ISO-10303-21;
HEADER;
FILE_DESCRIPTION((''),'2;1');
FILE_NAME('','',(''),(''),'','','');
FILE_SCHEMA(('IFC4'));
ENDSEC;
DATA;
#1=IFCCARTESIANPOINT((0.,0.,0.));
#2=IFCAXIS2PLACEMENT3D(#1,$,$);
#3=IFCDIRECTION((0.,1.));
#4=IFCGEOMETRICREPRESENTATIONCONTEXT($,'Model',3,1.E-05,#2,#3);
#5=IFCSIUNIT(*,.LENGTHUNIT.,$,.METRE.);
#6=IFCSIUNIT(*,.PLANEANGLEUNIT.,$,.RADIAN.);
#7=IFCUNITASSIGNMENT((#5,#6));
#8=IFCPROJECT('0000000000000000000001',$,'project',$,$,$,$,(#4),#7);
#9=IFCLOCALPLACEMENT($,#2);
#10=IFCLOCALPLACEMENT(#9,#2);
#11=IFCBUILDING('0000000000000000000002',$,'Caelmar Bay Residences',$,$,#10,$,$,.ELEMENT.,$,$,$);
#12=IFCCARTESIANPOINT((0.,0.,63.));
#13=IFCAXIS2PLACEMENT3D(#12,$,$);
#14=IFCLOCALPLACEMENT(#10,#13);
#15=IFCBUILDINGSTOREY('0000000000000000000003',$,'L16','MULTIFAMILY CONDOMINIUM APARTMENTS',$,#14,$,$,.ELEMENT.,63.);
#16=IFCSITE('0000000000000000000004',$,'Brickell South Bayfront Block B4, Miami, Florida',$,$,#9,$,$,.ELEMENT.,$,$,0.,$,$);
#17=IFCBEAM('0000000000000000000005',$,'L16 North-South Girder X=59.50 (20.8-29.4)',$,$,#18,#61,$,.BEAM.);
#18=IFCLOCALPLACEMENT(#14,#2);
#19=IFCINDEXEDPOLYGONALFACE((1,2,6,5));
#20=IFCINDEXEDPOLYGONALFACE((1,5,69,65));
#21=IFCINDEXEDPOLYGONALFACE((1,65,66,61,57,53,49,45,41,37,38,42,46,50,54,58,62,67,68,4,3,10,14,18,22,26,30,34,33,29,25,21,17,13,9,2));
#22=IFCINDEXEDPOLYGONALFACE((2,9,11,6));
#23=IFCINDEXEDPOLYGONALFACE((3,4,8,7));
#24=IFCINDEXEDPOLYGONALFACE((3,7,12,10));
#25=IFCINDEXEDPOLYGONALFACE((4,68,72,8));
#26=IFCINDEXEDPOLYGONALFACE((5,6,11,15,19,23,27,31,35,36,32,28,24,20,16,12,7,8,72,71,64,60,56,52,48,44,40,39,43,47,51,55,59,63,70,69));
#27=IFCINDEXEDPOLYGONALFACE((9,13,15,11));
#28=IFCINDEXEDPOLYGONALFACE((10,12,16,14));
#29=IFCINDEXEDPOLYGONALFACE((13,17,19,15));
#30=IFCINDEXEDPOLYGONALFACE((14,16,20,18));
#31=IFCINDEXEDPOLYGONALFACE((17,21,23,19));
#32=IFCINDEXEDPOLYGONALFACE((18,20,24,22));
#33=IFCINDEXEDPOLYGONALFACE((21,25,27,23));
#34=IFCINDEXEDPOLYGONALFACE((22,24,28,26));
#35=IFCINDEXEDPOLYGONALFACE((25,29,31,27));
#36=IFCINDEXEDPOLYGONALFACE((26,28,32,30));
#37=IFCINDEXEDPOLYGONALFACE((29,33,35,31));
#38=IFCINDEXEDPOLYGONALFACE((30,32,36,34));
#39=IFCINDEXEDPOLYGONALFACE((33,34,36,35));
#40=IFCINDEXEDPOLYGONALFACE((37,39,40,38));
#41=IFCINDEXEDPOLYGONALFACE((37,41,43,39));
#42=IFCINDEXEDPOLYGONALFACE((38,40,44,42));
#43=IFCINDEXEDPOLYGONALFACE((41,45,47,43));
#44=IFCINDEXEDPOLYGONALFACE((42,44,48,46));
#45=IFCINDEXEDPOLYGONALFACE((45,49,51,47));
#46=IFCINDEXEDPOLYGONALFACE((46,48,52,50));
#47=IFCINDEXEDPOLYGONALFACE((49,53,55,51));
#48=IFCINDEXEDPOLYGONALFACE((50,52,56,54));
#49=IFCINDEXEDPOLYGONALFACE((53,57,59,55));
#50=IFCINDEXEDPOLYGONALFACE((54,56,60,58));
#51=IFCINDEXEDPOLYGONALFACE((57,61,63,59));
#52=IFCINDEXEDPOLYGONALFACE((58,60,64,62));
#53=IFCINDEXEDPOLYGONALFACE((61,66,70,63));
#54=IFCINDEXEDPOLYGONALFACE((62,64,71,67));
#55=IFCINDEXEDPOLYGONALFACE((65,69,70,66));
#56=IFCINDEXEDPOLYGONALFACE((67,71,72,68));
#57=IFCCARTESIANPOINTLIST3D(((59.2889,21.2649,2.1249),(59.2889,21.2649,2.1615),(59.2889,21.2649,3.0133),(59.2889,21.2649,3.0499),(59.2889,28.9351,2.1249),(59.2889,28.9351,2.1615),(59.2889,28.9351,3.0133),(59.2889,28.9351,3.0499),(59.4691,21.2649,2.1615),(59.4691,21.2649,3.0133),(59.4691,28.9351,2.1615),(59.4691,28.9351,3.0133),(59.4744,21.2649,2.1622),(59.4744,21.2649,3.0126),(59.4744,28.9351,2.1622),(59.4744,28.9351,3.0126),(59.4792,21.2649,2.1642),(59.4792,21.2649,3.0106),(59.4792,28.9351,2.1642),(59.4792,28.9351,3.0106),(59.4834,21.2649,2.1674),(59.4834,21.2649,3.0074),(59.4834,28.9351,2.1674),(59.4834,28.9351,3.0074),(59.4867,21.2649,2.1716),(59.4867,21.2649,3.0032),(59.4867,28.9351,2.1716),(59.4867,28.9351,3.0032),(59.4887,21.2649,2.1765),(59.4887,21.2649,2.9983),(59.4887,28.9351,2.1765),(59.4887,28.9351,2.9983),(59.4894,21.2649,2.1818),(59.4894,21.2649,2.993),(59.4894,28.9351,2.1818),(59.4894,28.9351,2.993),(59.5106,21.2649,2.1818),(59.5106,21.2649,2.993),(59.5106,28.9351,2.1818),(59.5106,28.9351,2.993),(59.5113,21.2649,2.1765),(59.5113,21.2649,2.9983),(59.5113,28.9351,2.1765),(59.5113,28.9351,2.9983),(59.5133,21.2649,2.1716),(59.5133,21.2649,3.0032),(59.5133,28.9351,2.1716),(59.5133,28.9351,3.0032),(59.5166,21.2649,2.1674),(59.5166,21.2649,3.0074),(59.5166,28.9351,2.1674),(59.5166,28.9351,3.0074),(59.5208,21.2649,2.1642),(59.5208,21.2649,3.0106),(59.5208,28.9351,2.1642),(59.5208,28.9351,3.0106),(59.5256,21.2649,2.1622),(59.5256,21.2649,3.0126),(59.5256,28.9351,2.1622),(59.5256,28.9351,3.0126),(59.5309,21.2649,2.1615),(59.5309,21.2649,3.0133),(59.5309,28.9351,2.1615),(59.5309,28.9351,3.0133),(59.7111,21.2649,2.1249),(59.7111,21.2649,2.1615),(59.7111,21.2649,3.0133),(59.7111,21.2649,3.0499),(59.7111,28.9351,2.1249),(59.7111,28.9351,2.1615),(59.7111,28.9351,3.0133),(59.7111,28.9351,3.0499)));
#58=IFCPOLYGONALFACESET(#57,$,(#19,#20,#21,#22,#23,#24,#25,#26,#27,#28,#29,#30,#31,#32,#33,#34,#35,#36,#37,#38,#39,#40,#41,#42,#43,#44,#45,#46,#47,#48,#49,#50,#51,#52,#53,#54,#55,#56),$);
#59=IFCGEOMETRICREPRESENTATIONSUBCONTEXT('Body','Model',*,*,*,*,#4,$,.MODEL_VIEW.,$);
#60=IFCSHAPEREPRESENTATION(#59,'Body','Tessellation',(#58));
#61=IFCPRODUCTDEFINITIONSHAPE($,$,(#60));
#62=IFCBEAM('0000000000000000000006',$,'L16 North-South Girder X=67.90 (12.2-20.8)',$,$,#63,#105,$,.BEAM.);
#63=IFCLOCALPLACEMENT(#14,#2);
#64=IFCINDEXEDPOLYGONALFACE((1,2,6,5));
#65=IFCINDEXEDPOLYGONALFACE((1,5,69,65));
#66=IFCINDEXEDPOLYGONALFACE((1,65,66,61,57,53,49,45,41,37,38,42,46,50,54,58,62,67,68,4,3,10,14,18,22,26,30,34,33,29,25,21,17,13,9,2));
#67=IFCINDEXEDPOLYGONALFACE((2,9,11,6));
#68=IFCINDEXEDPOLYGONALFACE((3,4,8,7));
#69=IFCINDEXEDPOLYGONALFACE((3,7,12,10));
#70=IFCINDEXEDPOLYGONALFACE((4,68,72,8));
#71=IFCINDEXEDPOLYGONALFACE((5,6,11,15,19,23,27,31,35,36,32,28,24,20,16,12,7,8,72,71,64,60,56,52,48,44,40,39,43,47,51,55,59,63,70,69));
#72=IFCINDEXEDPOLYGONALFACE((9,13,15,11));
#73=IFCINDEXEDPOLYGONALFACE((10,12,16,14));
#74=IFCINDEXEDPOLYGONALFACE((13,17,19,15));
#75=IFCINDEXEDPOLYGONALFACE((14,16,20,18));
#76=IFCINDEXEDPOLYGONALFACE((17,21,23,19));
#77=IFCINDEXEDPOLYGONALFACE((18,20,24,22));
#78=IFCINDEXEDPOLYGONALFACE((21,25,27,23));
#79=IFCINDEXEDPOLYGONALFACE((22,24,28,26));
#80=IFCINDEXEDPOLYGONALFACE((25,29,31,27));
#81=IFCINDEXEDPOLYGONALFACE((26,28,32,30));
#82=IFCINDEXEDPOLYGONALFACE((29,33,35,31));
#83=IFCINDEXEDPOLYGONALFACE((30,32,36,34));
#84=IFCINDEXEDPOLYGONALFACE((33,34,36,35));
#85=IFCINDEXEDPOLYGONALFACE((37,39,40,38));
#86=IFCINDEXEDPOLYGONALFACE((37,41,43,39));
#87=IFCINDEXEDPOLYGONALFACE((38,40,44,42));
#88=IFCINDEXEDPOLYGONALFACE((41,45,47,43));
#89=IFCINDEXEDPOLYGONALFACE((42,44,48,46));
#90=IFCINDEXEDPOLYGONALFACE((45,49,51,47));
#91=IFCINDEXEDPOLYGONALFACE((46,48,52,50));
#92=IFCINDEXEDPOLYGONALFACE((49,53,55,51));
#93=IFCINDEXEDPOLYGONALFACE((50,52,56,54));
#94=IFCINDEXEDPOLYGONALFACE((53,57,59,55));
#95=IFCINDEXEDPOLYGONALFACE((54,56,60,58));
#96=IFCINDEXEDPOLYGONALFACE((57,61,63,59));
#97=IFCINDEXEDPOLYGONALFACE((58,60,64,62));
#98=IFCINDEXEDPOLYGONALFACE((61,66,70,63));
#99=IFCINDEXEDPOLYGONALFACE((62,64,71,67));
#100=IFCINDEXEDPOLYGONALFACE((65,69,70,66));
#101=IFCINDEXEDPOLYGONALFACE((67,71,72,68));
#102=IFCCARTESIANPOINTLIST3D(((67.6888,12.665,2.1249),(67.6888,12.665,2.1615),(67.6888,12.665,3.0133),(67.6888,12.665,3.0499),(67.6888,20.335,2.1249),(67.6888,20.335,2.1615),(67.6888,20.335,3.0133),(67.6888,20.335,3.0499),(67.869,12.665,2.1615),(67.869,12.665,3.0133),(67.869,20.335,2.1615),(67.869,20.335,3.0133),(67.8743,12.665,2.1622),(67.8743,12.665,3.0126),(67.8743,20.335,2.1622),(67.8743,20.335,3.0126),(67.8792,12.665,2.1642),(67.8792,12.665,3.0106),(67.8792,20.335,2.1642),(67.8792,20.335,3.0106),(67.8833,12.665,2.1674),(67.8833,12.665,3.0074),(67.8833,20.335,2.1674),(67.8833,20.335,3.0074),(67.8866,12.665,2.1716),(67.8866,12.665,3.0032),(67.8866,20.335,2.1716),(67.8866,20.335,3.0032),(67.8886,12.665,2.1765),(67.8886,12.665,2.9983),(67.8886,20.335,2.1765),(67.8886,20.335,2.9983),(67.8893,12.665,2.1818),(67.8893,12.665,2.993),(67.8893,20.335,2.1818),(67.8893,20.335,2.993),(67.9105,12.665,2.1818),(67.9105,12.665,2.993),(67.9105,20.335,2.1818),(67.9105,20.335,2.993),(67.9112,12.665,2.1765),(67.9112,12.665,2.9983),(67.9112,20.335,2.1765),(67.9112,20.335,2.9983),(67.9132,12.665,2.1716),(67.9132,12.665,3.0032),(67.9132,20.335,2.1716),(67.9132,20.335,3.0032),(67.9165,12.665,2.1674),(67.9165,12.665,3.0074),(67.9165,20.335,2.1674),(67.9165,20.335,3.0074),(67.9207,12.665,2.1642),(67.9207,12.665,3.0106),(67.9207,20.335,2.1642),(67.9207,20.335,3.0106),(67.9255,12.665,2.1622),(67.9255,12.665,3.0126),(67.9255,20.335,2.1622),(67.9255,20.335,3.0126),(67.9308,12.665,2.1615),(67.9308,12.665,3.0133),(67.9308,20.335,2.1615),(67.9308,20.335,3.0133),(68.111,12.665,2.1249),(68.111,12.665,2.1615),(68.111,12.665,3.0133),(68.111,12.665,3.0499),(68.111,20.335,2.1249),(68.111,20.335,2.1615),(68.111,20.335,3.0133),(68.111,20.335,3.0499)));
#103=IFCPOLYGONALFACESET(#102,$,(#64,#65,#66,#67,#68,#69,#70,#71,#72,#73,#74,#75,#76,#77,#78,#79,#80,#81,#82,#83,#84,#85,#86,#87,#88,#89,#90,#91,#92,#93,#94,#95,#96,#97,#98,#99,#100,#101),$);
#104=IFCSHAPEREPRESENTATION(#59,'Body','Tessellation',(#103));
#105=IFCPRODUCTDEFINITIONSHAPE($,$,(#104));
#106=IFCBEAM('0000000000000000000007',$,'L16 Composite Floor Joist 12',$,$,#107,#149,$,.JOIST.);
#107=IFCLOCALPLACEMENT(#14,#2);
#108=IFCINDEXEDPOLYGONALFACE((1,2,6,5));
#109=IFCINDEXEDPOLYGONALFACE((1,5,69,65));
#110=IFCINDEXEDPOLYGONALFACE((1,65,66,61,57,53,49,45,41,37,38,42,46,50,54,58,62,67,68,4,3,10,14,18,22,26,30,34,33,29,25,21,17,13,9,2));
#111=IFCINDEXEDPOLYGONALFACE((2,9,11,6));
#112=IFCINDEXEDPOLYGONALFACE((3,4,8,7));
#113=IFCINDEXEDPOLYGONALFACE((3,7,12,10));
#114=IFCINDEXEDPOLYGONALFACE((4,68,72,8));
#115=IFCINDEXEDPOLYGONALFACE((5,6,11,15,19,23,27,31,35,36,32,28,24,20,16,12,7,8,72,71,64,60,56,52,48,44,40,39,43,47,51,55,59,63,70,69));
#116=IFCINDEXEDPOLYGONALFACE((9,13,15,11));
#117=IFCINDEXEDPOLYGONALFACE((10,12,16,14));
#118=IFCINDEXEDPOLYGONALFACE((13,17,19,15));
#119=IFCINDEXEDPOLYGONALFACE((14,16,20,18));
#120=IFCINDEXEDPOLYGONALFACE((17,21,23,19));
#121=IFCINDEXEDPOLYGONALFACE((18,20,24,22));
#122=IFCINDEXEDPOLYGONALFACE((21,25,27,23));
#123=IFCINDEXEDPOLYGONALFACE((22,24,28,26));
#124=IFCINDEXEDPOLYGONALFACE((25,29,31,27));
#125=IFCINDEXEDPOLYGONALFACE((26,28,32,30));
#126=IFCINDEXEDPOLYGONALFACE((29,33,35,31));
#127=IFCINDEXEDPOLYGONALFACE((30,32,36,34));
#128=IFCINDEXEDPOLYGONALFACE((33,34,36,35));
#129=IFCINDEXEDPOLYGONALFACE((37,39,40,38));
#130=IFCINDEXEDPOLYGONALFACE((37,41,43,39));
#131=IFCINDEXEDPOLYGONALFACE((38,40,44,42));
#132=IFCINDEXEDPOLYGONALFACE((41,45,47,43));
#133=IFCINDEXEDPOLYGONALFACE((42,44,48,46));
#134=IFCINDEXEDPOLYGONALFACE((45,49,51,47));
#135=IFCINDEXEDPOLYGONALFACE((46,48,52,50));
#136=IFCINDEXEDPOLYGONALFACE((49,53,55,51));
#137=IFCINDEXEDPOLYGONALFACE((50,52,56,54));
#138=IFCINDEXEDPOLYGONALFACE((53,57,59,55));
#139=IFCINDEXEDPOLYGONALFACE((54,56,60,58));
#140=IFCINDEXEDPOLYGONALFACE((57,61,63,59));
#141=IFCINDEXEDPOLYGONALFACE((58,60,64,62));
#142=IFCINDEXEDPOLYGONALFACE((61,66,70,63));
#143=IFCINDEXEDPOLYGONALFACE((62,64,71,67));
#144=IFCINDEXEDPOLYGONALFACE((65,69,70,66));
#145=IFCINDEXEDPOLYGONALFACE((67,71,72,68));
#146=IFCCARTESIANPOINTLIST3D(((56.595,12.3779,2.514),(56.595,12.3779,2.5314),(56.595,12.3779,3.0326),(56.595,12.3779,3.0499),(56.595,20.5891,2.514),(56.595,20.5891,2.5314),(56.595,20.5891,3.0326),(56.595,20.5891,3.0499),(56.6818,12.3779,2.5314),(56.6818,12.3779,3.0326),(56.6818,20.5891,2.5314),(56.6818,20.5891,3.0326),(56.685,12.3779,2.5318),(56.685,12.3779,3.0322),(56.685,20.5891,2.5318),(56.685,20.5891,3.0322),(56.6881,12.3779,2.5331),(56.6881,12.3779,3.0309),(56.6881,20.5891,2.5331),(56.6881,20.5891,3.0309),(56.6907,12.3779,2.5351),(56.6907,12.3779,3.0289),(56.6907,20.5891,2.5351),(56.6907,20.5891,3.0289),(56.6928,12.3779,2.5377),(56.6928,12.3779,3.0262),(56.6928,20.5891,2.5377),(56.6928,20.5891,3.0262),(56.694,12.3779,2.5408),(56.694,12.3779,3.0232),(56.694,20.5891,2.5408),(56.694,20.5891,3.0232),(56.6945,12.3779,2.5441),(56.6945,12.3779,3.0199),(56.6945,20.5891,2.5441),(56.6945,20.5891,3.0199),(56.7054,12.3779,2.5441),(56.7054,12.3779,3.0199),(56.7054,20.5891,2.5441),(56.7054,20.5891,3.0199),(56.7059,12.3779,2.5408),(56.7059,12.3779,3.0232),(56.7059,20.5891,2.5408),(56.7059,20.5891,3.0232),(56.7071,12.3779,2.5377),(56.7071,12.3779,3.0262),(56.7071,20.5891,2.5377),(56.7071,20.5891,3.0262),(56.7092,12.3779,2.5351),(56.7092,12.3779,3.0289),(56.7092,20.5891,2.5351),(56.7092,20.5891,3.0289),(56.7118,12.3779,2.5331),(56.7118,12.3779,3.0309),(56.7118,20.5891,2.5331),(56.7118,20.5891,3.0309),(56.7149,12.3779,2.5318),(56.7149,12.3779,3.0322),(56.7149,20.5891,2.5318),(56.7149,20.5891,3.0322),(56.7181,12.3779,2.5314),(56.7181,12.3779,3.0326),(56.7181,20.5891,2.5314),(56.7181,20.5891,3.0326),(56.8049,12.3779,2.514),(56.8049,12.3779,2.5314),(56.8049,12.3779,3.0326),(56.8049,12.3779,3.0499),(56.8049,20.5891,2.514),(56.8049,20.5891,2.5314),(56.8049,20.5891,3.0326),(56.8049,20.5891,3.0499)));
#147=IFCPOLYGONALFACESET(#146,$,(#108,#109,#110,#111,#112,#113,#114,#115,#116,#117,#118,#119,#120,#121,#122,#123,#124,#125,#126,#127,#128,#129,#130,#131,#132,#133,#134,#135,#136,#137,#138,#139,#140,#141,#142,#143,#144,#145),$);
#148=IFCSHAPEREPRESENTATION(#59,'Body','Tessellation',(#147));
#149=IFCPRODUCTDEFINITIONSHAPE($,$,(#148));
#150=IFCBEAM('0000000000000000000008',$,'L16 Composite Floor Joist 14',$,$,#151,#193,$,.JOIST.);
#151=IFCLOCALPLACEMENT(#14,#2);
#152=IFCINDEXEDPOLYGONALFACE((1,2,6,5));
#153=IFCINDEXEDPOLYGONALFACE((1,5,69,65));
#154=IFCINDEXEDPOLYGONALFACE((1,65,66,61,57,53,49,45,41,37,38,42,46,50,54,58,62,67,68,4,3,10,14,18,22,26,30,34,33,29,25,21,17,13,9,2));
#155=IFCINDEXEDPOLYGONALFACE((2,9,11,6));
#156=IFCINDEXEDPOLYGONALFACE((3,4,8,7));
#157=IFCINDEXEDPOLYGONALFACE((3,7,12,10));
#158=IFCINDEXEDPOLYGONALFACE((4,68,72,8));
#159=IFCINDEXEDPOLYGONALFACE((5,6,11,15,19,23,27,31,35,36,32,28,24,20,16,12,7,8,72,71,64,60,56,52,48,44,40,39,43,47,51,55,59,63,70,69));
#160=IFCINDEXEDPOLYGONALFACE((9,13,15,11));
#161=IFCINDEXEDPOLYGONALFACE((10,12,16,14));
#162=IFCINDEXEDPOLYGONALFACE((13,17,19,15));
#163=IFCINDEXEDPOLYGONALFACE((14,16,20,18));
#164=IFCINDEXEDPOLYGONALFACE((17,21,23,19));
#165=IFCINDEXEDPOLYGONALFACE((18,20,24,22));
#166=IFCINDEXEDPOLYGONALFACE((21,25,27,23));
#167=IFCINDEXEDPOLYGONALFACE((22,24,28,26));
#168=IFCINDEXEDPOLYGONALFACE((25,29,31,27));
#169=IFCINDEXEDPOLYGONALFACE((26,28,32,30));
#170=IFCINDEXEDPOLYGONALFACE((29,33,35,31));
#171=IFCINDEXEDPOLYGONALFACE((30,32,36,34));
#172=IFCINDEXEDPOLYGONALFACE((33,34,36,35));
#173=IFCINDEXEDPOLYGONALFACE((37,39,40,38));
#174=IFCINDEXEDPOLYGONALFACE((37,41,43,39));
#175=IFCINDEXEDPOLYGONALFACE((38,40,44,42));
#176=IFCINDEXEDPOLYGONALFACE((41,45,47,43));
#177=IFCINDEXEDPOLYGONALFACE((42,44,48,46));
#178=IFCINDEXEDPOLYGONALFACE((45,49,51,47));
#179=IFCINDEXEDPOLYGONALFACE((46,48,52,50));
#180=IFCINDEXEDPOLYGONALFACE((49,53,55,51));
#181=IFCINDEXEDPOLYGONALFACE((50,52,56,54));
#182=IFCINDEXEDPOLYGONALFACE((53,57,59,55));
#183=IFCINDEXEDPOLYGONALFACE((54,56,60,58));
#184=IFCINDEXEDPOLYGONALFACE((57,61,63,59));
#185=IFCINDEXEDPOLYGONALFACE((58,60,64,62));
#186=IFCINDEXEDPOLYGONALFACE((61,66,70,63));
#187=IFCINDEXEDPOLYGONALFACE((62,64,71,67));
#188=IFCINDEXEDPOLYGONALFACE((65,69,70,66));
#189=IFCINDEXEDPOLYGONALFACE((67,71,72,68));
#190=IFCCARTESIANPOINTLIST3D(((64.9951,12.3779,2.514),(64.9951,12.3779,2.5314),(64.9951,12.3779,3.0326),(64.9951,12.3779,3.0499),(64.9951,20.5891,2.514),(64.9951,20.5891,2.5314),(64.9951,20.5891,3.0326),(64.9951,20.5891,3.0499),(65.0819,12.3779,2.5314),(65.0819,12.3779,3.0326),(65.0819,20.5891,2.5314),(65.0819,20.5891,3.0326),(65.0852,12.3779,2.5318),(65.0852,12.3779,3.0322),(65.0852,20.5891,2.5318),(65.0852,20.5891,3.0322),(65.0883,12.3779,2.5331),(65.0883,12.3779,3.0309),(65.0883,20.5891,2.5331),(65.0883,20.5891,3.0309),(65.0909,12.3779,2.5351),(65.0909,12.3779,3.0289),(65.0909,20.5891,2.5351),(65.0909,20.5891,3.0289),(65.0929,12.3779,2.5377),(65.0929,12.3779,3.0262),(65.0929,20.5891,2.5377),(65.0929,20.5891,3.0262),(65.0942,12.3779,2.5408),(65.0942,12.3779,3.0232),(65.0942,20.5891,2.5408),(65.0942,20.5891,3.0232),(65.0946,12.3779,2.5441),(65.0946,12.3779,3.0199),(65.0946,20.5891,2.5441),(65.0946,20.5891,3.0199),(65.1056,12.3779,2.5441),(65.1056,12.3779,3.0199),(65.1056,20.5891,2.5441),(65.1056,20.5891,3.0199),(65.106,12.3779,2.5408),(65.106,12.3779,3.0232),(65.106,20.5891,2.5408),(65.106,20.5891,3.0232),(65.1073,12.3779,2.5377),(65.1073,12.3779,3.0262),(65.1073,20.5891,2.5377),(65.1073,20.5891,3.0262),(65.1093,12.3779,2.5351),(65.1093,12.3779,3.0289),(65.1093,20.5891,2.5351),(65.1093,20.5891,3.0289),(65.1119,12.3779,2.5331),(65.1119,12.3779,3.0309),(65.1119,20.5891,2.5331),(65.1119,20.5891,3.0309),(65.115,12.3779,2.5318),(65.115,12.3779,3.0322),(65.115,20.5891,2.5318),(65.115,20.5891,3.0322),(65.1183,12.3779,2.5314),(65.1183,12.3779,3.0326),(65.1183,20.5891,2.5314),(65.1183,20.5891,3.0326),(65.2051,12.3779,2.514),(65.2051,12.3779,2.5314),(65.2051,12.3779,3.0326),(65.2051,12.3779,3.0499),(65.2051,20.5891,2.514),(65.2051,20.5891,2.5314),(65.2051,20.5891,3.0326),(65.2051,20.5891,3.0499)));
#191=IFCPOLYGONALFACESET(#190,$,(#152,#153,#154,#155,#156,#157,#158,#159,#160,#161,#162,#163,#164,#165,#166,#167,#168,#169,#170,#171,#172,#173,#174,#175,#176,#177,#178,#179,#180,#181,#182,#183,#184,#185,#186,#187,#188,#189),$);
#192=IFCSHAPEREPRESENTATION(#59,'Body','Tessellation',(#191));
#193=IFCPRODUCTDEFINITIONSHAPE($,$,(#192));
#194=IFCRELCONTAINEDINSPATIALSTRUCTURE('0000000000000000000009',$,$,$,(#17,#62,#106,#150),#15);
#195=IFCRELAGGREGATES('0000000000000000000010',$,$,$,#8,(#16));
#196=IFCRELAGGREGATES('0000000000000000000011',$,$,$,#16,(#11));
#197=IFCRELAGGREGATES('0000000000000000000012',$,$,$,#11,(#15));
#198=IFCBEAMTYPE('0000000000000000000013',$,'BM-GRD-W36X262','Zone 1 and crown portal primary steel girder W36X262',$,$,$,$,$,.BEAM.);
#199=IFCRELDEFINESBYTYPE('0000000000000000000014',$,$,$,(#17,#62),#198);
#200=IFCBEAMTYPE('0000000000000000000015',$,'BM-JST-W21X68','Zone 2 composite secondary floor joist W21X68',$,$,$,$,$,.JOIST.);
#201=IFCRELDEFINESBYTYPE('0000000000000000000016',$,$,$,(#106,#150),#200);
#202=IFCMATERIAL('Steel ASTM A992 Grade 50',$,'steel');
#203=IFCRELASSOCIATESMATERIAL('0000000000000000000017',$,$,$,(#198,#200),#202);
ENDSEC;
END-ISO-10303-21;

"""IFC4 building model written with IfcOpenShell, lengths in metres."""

from ifc_helpers import new_model, si_unit, direction, frame, origin, origin_2d, place, context, subcontext, project, spatial, i_section, extrude, material, material_profile, profile_set, type_object, element, save


model = new_model("IFC4")

# Units and contexts
model_context = context("Model", 3, precision=1e-05, world=origin(), true_north=direction((0.0, 1.0)))
body_context = subcontext(model_context, "Body", "Model", "MODEL_VIEW")
ifc_project = project(units=[si_unit("LENGTHUNIT", "METRE"), si_unit("PLANEANGLEUNIT", "RADIAN")], contexts=[model_context])

# Site, building, storey
site_placement = place(None, origin())
site = spatial("IfcSite", under=ifc_project, at=site_placement, Name="Brickell South Bayfront Block B4, Miami, Florida", CompositionType="ELEMENT", RefElevation=0.0)
building_placement = place(site_placement, origin())
building = spatial("IfcBuilding", under=site, at=building_placement, Name="Caelmar Bay Residences", CompositionType="ELEMENT")
storey_placement = place(building_placement, frame((0.0, 0.0, 63.0)))
storey = spatial("IfcBuildingStorey", under=building, at=storey_placement, Name="L16", Description="MULTIFAMILY CONDOMINIUM APARTMENTS", CompositionType="ELEMENT", Elevation=63.0)

# Beams
ifc_material_1 = material(Name="Steel ASTM A992 Grade 50", Category="steel")
ifc_material_profile_1 = material_profile(ifc_material_1, i_section(OverallWidth=0.4221, OverallDepth=0.925, WebThickness=0.0212, FlangeThickness=0.0366, FilletRadius=0.0203, at=origin_2d()), Name="W36X262")
ifc_profile_set_1 = profile_set([ifc_material_profile_1], Name="Steel ASTM A992 Grade 50")
beam_type_1 = type_object("IfcBeamType", Name="BM-GRD-W36X262", Description="Zone 1 and crown portal primary steel girder W36X262", PredefinedType="BEAM", material=ifc_profile_set_1)
beam_1_placement = place(storey_placement, frame((59.5, 21.2649, 2.5874), z_axis=(0.0, 1.0, 0.0), x_axis=(-1.0, 0.0, 0.0)))
element("IfcBeam", 1, at=beam_1_placement, inside=storey, type_object=beam_type_1, Name="L16 North-South Girder X=59.50 (20.8-29.4)", PredefinedType="BEAM", context=body_context, shape_type="SweptSolid", body=[
    extrude(i_section(OverallWidth=0.4221, OverallDepth=0.925, WebThickness=0.0212, FlangeThickness=0.0366, FilletRadius=0.0203, at=origin_2d()), origin(), (0.0, 0.0, 1.0), 7.6702),
])
beam_2_placement = place(storey_placement, frame((67.8999, 12.665, 2.5874), z_axis=(0.0, 1.0, 0.0), x_axis=(-1.0, 0.0, 0.0)))
element("IfcBeam", 2, at=beam_2_placement, inside=storey, type_object=beam_type_1, Name="L16 North-South Girder X=67.90 (12.2-20.8)", PredefinedType="BEAM", context=body_context, shape_type="SweptSolid", body=[
    extrude(i_section(OverallWidth=0.4221, OverallDepth=0.925, WebThickness=0.0212, FlangeThickness=0.0366, FilletRadius=0.0203, at=origin_2d()), origin(), (0.0, 0.0, 1.0), 7.6699),
])
ifc_material_profile_2 = material_profile(ifc_material_1, i_section(OverallWidth=0.21, OverallDepth=0.5359, WebThickness=0.011, FlangeThickness=0.0173, FilletRadius=0.0127, at=origin_2d()), Name="W21X68")
ifc_profile_set_2 = profile_set([ifc_material_profile_2], Name="Steel ASTM A992 Grade 50")
beam_type_2 = type_object("IfcBeamType", Name="BM-JST-W21X68", Description="Zone 2 composite secondary floor joist W21X68", PredefinedType="JOIST", material=ifc_profile_set_2)
for number, where, z_axis, x_axis, name in (
    (3, (56.7, 12.3779, 2.782), (0.0, 1.0, 0.0), (-1.0, 0.0, 0.0), "L16 Composite Floor Joist 12"),
    (4, (65.1001, 12.3779, 2.782), (0.0, 1.0, 0.0), (-1.0, 0.0, 0.0), "L16 Composite Floor Joist 14"),
):
    element("IfcBeam", number, at=place(storey_placement, frame(where, z_axis=z_axis, x_axis=x_axis)), inside=storey, type_object=beam_type_2, Name=name, PredefinedType="JOIST", context=body_context, shape_type="SweptSolid", body=[
        extrude(i_section(OverallWidth=0.21, OverallDepth=0.5359, WebThickness=0.011, FlangeThickness=0.0173, FilletRadius=0.0127, at=origin_2d()), origin(), (0.0, 0.0, 1.0), 8.2112),
    ])

save(model, "model.ifc")
